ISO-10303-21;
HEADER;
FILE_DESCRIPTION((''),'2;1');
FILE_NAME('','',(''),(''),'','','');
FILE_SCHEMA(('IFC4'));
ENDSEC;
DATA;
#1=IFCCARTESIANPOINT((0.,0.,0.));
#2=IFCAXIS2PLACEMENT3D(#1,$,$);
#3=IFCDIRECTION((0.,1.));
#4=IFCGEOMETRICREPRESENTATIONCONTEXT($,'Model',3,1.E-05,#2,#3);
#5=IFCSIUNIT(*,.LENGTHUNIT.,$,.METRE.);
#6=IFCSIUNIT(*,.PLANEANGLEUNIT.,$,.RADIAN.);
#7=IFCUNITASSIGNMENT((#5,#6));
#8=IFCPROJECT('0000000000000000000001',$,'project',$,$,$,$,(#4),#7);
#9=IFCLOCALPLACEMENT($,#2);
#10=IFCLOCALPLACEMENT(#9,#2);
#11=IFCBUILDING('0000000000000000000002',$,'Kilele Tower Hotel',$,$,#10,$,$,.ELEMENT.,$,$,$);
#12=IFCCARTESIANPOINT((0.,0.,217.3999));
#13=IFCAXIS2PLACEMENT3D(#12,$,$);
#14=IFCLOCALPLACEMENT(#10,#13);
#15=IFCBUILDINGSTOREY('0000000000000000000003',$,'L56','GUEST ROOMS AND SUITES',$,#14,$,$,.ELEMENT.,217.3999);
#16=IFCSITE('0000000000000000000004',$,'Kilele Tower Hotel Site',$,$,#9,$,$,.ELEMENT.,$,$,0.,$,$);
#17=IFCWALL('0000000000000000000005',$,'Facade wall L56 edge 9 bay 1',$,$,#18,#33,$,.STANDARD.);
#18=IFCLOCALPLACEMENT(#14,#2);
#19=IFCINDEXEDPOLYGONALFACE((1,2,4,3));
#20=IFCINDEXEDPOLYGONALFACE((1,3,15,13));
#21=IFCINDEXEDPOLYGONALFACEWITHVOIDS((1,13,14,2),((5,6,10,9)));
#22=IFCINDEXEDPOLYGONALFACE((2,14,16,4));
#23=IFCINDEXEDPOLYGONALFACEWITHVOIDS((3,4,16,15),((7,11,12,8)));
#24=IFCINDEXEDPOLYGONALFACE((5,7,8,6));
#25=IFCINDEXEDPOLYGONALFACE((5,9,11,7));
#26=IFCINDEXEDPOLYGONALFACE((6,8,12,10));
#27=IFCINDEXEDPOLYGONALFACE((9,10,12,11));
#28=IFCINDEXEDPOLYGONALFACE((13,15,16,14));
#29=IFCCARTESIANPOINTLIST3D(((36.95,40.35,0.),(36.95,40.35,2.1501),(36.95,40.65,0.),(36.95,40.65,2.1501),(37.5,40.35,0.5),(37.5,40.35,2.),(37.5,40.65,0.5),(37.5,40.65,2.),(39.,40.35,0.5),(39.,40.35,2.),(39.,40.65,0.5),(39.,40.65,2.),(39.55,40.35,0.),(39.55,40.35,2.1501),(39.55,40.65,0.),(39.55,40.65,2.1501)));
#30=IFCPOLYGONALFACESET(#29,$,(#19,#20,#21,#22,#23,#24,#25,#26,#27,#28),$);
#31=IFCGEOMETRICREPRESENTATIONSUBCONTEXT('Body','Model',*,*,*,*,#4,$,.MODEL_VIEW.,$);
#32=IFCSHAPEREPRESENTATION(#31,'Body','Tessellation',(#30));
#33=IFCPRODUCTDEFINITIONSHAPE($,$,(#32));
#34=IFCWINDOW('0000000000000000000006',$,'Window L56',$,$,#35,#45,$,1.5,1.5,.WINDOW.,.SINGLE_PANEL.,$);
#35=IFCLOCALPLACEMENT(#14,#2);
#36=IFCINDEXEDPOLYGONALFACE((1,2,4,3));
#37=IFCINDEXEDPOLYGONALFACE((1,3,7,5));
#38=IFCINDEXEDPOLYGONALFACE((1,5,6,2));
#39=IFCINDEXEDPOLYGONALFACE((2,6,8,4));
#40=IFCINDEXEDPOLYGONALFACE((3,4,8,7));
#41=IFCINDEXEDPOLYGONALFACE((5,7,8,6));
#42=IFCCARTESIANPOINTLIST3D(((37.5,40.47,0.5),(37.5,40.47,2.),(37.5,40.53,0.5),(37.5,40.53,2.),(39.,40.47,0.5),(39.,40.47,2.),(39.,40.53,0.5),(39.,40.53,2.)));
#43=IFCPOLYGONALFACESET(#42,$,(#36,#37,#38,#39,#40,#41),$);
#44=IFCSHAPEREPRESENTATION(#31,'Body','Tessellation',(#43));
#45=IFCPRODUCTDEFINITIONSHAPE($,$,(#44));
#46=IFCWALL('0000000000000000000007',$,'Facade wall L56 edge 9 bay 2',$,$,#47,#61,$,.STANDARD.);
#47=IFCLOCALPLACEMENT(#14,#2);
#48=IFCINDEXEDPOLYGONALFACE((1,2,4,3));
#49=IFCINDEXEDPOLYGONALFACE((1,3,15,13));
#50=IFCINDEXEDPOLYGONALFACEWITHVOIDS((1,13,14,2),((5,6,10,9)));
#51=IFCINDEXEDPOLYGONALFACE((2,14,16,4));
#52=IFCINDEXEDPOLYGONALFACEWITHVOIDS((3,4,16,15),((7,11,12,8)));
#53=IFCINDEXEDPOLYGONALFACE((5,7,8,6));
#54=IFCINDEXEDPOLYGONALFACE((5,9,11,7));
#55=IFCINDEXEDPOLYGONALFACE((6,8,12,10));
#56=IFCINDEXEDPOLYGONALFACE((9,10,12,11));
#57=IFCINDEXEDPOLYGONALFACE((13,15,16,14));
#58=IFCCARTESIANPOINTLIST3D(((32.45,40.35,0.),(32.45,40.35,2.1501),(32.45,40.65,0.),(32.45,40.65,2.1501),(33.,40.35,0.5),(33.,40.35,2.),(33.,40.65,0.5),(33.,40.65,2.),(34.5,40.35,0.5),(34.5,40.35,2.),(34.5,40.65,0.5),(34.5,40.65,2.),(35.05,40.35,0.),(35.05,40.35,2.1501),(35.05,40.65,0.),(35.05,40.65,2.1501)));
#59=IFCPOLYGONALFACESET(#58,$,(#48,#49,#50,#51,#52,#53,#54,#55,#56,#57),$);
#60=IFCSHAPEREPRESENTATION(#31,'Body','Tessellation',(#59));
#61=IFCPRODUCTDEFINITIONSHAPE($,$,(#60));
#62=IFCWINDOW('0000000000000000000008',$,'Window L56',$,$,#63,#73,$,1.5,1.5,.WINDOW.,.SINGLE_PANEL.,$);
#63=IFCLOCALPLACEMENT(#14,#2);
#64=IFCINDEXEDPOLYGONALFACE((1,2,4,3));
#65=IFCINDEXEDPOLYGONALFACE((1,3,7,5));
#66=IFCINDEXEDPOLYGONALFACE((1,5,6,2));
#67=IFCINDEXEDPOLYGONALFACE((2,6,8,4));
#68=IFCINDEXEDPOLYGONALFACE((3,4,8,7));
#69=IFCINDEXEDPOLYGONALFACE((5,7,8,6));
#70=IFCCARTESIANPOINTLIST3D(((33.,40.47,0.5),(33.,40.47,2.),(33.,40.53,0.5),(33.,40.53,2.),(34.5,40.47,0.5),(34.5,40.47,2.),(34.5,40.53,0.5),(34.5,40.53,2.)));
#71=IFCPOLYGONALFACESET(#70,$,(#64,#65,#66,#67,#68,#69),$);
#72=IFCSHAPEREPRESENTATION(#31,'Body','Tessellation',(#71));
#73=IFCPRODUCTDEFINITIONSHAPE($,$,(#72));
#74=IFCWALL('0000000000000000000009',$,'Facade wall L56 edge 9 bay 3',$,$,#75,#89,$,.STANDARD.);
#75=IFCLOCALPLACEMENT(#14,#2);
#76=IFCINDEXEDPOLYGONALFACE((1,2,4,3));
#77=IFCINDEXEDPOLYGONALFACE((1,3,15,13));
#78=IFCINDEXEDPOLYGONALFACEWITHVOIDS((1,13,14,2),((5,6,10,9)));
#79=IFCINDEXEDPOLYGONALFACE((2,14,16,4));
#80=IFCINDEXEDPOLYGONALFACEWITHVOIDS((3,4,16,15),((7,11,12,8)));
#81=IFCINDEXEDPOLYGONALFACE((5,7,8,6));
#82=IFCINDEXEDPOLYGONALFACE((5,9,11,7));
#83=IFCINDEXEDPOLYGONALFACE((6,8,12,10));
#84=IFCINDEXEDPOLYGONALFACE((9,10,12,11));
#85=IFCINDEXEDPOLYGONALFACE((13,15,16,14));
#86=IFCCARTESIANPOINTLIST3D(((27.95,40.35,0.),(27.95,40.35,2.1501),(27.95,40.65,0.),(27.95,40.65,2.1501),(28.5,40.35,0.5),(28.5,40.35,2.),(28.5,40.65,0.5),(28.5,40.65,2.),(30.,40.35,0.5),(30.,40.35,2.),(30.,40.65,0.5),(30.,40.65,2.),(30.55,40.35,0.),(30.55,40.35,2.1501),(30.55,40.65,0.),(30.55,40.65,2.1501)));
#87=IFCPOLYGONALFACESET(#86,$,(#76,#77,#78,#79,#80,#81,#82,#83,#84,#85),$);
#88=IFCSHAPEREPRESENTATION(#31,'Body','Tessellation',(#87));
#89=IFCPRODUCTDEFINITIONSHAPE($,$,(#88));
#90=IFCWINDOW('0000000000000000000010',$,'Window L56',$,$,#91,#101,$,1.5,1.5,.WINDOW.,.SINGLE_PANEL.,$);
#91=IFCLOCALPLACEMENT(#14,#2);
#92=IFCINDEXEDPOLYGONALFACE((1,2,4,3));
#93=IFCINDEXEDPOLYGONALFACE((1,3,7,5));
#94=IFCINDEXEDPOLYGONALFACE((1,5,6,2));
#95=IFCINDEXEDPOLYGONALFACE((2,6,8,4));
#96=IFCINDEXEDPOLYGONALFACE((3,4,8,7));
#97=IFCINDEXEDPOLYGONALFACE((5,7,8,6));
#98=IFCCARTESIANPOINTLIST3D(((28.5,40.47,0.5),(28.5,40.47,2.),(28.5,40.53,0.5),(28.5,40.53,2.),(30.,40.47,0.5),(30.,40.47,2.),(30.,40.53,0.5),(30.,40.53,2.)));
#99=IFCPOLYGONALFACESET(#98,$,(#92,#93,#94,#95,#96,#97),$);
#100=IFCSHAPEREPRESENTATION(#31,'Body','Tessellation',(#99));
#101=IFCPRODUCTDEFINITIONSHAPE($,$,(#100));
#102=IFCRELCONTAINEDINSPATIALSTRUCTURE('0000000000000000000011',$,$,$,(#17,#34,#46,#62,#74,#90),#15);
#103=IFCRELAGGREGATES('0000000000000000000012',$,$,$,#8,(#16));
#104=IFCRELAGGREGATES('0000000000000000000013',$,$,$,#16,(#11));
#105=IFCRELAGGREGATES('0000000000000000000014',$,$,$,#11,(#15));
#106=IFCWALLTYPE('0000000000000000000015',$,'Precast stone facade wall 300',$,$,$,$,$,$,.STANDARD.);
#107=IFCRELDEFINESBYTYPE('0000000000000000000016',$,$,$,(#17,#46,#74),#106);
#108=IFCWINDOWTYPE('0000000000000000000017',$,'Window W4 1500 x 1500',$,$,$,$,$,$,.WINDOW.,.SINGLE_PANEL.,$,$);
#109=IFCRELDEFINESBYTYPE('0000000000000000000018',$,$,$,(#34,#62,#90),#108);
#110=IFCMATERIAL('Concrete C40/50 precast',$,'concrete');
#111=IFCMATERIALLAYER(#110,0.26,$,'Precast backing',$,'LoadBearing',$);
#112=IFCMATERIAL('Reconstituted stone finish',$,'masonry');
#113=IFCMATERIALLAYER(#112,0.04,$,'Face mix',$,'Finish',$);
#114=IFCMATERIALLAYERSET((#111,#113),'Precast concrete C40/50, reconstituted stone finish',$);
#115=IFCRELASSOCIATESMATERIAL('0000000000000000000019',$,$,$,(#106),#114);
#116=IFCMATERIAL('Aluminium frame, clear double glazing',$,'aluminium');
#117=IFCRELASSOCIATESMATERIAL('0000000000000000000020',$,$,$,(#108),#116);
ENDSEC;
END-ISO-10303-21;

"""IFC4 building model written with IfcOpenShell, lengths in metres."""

from ifc_helpers import new_model, si_unit, direction, frame, frame_2d, origin, place, context, subcontext, project, spatial, rectangle, extrude, material, layer, layer_set, type_object, element, fill, save


model = new_model("IFC4")

# Units and contexts
model_context = context("Model", 3, precision=1e-05, world=origin(), true_north=direction((0.0, 1.0)))
body_context = subcontext(model_context, "Body", "Model", "MODEL_VIEW")
ifc_project = project(units=[si_unit("LENGTHUNIT", "METRE"), si_unit("PLANEANGLEUNIT", "RADIAN")], contexts=[model_context])

# Site, building, storey
site_placement = place(None, origin())
site = spatial("IfcSite", under=ifc_project, at=site_placement, Name="Kilele Tower Hotel Site", CompositionType="ELEMENT", RefElevation=0.0)
building_placement = place(site_placement, origin())
building = spatial("IfcBuilding", under=site, at=building_placement, Name="Kilele Tower Hotel", CompositionType="ELEMENT")
storey_placement = place(building_placement, frame((0.0, 0.0, 217.3999)))
storey = spatial("IfcBuildingStorey", under=building, at=storey_placement, Name="L56", Description="GUEST ROOMS AND SUITES", CompositionType="ELEMENT", Elevation=217.3999)

# Walls, openings, windows
ifc_material_1 = material(Name="Concrete C40/50 precast", Category="concrete")
ifc_layer_1 = layer(ifc_material_1, 0.26, Name="Precast backing", Category="LoadBearing")
ifc_material_2 = material(Name="Reconstituted stone finish", Category="masonry")
ifc_layer_2 = layer(ifc_material_2, 0.04, Name="Face mix", Category="Finish")
ifc_layer_set_1 = layer_set([ifc_layer_1, ifc_layer_2], Name="Precast concrete C40/50, reconstituted stone finish")
wall_type_1 = type_object("IfcWallType", Name="Precast stone facade wall 300", PredefinedType="STANDARD", material=ifc_layer_set_1)
wall_1_placement = place(storey_placement, frame((39.55, 40.5, 0.0), z_axis=(0.0, 0.0, 1.0), x_axis=(-1.0, 0.0, 0.0)))
wall_1 = element("IfcWall", 1, at=wall_1_placement, inside=storey, type_object=wall_type_1, Name="Facade wall L56 edge 9 bay 1", PredefinedType="STANDARD", context=body_context, shape_type="SweptSolid", body=[
    extrude(rectangle(XDim=2.6001, YDim=0.3, at=frame_2d((1.3, 0.0))), origin(), (0.0, 0.0, 1.0), 2.1501),
])
opening_1_placement = place(wall_1_placement, frame((0.55, 0.0, 0.5)))
opening_1 = element("IfcOpeningElement", 2, at=opening_1_placement, cuts=wall_1, PredefinedType="OPENING", context=body_context, shape_type="SweptSolid", body=[
    extrude(rectangle(XDim=1.5, YDim=1.5, at=frame_2d((0.75, 0.75))), frame((0.0, 0.1599, 0.0), z_axis=(0.0, -1.0, 0.0), x_axis=(1.0, 0.0, 0.0)), (0.0, 0.0, 1.0), 0.3201),
])
ifc_material_3 = material(Name="Aluminium frame, clear double glazing", Category="aluminium")
window_type = type_object("IfcWindowType", Name="Window W4 1500 x 1500", PartitioningType="SINGLE_PANEL", PredefinedType="WINDOW", material=ifc_material_3)
window_1_placement = place(opening_1_placement, origin())
window_1 = element("IfcWindow", 3, at=window_1_placement, inside=storey, type_object=window_type, Name="Window L56", OverallHeight=1.5, OverallWidth=1.5, PartitioningType="SINGLE_PANEL", PredefinedType="WINDOW", context=body_context, shape_type="SweptSolid", body=[
    extrude(rectangle(XDim=1.5, YDim=1.5, at=frame_2d((0.75, 0.75))), frame((0.0, 0.03, 0.0), z_axis=(0.0, -1.0, 0.0), x_axis=(1.0, 0.0, 0.0)), (0.0, 0.0, 1.0), 0.0601),
])
fill(opening_1, window_1)
wall_2_placement = place(storey_placement, frame((35.05, 40.5, 0.0), z_axis=(0.0, 0.0, 1.0), x_axis=(-1.0, 0.0, 0.0)))
wall_2 = element("IfcWall", 4, at=wall_2_placement, inside=storey, type_object=wall_type_1, Name="Facade wall L56 edge 9 bay 2", PredefinedType="STANDARD", context=body_context, shape_type="SweptSolid", body=[
    extrude(rectangle(XDim=2.6001, YDim=0.3, at=frame_2d((1.3, 0.0))), origin(), (0.0, 0.0, 1.0), 2.1501),
])
opening_2_placement = place(wall_2_placement, frame((0.55, 0.0, 0.5)))
opening_2 = element("IfcOpeningElement", 5, at=opening_2_placement, cuts=wall_2, PredefinedType="OPENING", context=body_context, shape_type="SweptSolid", body=[
    extrude(rectangle(XDim=1.5, YDim=1.5, at=frame_2d((0.75, 0.75))), frame((0.0, 0.1599, 0.0), z_axis=(0.0, -1.0, 0.0), x_axis=(1.0, 0.0, 0.0)), (0.0, 0.0, 1.0), 0.3201),
])
window_2_placement = place(opening_2_placement, origin())
window_2 = element("IfcWindow", 6, at=window_2_placement, inside=storey, type_object=window_type, Name="Window L56", OverallHeight=1.5, OverallWidth=1.5, PartitioningType="SINGLE_PANEL", PredefinedType="WINDOW", context=body_context, shape_type="SweptSolid", body=[
    extrude(rectangle(XDim=1.5, YDim=1.5, at=frame_2d((0.75, 0.75))), frame((0.0, 0.03, 0.0), z_axis=(0.0, -1.0, 0.0), x_axis=(1.0, 0.0, 0.0)), (0.0, 0.0, 1.0), 0.0601),
])
fill(opening_2, window_2)
wall_3_placement = place(storey_placement, frame((30.55, 40.5, 0.0), z_axis=(0.0, 0.0, 1.0), x_axis=(-1.0, 0.0, 0.0)))
wall_3 = element("IfcWall", 7, at=wall_3_placement, inside=storey, type_object=wall_type_1, Name="Facade wall L56 edge 9 bay 3", PredefinedType="STANDARD", context=body_context, shape_type="SweptSolid", body=[
    extrude(rectangle(XDim=2.6001, YDim=0.3, at=frame_2d((1.3, 0.0))), origin(), (0.0, 0.0, 1.0), 2.1501),
])
opening_3_placement = place(wall_3_placement, frame((0.55, 0.0, 0.5)))
opening_3 = element("IfcOpeningElement", 8, at=opening_3_placement, cuts=wall_3, PredefinedType="OPENING", context=body_context, shape_type="SweptSolid", body=[
    extrude(rectangle(XDim=1.5, YDim=1.5, at=frame_2d((0.75, 0.75))), frame((0.0, 0.1599, 0.0), z_axis=(0.0, -1.0, 0.0), x_axis=(1.0, 0.0, 0.0)), (0.0, 0.0, 1.0), 0.3201),
])
window_3_placement = place(opening_3_placement, origin())
window_3 = element("IfcWindow", 9, at=window_3_placement, inside=storey, type_object=window_type, Name="Window L56", OverallHeight=1.5, OverallWidth=1.5, PartitioningType="SINGLE_PANEL", PredefinedType="WINDOW", context=body_context, shape_type="SweptSolid", body=[
    extrude(rectangle(XDim=1.5, YDim=1.5, at=frame_2d((0.75, 0.75))), frame((0.0, 0.03, 0.0), z_axis=(0.0, -1.0, 0.0), x_axis=(1.0, 0.0, 0.0)), (0.0, 0.0, 1.0), 0.0601),
])
fill(opening_3, window_3)

save(model, "model.ifc")
